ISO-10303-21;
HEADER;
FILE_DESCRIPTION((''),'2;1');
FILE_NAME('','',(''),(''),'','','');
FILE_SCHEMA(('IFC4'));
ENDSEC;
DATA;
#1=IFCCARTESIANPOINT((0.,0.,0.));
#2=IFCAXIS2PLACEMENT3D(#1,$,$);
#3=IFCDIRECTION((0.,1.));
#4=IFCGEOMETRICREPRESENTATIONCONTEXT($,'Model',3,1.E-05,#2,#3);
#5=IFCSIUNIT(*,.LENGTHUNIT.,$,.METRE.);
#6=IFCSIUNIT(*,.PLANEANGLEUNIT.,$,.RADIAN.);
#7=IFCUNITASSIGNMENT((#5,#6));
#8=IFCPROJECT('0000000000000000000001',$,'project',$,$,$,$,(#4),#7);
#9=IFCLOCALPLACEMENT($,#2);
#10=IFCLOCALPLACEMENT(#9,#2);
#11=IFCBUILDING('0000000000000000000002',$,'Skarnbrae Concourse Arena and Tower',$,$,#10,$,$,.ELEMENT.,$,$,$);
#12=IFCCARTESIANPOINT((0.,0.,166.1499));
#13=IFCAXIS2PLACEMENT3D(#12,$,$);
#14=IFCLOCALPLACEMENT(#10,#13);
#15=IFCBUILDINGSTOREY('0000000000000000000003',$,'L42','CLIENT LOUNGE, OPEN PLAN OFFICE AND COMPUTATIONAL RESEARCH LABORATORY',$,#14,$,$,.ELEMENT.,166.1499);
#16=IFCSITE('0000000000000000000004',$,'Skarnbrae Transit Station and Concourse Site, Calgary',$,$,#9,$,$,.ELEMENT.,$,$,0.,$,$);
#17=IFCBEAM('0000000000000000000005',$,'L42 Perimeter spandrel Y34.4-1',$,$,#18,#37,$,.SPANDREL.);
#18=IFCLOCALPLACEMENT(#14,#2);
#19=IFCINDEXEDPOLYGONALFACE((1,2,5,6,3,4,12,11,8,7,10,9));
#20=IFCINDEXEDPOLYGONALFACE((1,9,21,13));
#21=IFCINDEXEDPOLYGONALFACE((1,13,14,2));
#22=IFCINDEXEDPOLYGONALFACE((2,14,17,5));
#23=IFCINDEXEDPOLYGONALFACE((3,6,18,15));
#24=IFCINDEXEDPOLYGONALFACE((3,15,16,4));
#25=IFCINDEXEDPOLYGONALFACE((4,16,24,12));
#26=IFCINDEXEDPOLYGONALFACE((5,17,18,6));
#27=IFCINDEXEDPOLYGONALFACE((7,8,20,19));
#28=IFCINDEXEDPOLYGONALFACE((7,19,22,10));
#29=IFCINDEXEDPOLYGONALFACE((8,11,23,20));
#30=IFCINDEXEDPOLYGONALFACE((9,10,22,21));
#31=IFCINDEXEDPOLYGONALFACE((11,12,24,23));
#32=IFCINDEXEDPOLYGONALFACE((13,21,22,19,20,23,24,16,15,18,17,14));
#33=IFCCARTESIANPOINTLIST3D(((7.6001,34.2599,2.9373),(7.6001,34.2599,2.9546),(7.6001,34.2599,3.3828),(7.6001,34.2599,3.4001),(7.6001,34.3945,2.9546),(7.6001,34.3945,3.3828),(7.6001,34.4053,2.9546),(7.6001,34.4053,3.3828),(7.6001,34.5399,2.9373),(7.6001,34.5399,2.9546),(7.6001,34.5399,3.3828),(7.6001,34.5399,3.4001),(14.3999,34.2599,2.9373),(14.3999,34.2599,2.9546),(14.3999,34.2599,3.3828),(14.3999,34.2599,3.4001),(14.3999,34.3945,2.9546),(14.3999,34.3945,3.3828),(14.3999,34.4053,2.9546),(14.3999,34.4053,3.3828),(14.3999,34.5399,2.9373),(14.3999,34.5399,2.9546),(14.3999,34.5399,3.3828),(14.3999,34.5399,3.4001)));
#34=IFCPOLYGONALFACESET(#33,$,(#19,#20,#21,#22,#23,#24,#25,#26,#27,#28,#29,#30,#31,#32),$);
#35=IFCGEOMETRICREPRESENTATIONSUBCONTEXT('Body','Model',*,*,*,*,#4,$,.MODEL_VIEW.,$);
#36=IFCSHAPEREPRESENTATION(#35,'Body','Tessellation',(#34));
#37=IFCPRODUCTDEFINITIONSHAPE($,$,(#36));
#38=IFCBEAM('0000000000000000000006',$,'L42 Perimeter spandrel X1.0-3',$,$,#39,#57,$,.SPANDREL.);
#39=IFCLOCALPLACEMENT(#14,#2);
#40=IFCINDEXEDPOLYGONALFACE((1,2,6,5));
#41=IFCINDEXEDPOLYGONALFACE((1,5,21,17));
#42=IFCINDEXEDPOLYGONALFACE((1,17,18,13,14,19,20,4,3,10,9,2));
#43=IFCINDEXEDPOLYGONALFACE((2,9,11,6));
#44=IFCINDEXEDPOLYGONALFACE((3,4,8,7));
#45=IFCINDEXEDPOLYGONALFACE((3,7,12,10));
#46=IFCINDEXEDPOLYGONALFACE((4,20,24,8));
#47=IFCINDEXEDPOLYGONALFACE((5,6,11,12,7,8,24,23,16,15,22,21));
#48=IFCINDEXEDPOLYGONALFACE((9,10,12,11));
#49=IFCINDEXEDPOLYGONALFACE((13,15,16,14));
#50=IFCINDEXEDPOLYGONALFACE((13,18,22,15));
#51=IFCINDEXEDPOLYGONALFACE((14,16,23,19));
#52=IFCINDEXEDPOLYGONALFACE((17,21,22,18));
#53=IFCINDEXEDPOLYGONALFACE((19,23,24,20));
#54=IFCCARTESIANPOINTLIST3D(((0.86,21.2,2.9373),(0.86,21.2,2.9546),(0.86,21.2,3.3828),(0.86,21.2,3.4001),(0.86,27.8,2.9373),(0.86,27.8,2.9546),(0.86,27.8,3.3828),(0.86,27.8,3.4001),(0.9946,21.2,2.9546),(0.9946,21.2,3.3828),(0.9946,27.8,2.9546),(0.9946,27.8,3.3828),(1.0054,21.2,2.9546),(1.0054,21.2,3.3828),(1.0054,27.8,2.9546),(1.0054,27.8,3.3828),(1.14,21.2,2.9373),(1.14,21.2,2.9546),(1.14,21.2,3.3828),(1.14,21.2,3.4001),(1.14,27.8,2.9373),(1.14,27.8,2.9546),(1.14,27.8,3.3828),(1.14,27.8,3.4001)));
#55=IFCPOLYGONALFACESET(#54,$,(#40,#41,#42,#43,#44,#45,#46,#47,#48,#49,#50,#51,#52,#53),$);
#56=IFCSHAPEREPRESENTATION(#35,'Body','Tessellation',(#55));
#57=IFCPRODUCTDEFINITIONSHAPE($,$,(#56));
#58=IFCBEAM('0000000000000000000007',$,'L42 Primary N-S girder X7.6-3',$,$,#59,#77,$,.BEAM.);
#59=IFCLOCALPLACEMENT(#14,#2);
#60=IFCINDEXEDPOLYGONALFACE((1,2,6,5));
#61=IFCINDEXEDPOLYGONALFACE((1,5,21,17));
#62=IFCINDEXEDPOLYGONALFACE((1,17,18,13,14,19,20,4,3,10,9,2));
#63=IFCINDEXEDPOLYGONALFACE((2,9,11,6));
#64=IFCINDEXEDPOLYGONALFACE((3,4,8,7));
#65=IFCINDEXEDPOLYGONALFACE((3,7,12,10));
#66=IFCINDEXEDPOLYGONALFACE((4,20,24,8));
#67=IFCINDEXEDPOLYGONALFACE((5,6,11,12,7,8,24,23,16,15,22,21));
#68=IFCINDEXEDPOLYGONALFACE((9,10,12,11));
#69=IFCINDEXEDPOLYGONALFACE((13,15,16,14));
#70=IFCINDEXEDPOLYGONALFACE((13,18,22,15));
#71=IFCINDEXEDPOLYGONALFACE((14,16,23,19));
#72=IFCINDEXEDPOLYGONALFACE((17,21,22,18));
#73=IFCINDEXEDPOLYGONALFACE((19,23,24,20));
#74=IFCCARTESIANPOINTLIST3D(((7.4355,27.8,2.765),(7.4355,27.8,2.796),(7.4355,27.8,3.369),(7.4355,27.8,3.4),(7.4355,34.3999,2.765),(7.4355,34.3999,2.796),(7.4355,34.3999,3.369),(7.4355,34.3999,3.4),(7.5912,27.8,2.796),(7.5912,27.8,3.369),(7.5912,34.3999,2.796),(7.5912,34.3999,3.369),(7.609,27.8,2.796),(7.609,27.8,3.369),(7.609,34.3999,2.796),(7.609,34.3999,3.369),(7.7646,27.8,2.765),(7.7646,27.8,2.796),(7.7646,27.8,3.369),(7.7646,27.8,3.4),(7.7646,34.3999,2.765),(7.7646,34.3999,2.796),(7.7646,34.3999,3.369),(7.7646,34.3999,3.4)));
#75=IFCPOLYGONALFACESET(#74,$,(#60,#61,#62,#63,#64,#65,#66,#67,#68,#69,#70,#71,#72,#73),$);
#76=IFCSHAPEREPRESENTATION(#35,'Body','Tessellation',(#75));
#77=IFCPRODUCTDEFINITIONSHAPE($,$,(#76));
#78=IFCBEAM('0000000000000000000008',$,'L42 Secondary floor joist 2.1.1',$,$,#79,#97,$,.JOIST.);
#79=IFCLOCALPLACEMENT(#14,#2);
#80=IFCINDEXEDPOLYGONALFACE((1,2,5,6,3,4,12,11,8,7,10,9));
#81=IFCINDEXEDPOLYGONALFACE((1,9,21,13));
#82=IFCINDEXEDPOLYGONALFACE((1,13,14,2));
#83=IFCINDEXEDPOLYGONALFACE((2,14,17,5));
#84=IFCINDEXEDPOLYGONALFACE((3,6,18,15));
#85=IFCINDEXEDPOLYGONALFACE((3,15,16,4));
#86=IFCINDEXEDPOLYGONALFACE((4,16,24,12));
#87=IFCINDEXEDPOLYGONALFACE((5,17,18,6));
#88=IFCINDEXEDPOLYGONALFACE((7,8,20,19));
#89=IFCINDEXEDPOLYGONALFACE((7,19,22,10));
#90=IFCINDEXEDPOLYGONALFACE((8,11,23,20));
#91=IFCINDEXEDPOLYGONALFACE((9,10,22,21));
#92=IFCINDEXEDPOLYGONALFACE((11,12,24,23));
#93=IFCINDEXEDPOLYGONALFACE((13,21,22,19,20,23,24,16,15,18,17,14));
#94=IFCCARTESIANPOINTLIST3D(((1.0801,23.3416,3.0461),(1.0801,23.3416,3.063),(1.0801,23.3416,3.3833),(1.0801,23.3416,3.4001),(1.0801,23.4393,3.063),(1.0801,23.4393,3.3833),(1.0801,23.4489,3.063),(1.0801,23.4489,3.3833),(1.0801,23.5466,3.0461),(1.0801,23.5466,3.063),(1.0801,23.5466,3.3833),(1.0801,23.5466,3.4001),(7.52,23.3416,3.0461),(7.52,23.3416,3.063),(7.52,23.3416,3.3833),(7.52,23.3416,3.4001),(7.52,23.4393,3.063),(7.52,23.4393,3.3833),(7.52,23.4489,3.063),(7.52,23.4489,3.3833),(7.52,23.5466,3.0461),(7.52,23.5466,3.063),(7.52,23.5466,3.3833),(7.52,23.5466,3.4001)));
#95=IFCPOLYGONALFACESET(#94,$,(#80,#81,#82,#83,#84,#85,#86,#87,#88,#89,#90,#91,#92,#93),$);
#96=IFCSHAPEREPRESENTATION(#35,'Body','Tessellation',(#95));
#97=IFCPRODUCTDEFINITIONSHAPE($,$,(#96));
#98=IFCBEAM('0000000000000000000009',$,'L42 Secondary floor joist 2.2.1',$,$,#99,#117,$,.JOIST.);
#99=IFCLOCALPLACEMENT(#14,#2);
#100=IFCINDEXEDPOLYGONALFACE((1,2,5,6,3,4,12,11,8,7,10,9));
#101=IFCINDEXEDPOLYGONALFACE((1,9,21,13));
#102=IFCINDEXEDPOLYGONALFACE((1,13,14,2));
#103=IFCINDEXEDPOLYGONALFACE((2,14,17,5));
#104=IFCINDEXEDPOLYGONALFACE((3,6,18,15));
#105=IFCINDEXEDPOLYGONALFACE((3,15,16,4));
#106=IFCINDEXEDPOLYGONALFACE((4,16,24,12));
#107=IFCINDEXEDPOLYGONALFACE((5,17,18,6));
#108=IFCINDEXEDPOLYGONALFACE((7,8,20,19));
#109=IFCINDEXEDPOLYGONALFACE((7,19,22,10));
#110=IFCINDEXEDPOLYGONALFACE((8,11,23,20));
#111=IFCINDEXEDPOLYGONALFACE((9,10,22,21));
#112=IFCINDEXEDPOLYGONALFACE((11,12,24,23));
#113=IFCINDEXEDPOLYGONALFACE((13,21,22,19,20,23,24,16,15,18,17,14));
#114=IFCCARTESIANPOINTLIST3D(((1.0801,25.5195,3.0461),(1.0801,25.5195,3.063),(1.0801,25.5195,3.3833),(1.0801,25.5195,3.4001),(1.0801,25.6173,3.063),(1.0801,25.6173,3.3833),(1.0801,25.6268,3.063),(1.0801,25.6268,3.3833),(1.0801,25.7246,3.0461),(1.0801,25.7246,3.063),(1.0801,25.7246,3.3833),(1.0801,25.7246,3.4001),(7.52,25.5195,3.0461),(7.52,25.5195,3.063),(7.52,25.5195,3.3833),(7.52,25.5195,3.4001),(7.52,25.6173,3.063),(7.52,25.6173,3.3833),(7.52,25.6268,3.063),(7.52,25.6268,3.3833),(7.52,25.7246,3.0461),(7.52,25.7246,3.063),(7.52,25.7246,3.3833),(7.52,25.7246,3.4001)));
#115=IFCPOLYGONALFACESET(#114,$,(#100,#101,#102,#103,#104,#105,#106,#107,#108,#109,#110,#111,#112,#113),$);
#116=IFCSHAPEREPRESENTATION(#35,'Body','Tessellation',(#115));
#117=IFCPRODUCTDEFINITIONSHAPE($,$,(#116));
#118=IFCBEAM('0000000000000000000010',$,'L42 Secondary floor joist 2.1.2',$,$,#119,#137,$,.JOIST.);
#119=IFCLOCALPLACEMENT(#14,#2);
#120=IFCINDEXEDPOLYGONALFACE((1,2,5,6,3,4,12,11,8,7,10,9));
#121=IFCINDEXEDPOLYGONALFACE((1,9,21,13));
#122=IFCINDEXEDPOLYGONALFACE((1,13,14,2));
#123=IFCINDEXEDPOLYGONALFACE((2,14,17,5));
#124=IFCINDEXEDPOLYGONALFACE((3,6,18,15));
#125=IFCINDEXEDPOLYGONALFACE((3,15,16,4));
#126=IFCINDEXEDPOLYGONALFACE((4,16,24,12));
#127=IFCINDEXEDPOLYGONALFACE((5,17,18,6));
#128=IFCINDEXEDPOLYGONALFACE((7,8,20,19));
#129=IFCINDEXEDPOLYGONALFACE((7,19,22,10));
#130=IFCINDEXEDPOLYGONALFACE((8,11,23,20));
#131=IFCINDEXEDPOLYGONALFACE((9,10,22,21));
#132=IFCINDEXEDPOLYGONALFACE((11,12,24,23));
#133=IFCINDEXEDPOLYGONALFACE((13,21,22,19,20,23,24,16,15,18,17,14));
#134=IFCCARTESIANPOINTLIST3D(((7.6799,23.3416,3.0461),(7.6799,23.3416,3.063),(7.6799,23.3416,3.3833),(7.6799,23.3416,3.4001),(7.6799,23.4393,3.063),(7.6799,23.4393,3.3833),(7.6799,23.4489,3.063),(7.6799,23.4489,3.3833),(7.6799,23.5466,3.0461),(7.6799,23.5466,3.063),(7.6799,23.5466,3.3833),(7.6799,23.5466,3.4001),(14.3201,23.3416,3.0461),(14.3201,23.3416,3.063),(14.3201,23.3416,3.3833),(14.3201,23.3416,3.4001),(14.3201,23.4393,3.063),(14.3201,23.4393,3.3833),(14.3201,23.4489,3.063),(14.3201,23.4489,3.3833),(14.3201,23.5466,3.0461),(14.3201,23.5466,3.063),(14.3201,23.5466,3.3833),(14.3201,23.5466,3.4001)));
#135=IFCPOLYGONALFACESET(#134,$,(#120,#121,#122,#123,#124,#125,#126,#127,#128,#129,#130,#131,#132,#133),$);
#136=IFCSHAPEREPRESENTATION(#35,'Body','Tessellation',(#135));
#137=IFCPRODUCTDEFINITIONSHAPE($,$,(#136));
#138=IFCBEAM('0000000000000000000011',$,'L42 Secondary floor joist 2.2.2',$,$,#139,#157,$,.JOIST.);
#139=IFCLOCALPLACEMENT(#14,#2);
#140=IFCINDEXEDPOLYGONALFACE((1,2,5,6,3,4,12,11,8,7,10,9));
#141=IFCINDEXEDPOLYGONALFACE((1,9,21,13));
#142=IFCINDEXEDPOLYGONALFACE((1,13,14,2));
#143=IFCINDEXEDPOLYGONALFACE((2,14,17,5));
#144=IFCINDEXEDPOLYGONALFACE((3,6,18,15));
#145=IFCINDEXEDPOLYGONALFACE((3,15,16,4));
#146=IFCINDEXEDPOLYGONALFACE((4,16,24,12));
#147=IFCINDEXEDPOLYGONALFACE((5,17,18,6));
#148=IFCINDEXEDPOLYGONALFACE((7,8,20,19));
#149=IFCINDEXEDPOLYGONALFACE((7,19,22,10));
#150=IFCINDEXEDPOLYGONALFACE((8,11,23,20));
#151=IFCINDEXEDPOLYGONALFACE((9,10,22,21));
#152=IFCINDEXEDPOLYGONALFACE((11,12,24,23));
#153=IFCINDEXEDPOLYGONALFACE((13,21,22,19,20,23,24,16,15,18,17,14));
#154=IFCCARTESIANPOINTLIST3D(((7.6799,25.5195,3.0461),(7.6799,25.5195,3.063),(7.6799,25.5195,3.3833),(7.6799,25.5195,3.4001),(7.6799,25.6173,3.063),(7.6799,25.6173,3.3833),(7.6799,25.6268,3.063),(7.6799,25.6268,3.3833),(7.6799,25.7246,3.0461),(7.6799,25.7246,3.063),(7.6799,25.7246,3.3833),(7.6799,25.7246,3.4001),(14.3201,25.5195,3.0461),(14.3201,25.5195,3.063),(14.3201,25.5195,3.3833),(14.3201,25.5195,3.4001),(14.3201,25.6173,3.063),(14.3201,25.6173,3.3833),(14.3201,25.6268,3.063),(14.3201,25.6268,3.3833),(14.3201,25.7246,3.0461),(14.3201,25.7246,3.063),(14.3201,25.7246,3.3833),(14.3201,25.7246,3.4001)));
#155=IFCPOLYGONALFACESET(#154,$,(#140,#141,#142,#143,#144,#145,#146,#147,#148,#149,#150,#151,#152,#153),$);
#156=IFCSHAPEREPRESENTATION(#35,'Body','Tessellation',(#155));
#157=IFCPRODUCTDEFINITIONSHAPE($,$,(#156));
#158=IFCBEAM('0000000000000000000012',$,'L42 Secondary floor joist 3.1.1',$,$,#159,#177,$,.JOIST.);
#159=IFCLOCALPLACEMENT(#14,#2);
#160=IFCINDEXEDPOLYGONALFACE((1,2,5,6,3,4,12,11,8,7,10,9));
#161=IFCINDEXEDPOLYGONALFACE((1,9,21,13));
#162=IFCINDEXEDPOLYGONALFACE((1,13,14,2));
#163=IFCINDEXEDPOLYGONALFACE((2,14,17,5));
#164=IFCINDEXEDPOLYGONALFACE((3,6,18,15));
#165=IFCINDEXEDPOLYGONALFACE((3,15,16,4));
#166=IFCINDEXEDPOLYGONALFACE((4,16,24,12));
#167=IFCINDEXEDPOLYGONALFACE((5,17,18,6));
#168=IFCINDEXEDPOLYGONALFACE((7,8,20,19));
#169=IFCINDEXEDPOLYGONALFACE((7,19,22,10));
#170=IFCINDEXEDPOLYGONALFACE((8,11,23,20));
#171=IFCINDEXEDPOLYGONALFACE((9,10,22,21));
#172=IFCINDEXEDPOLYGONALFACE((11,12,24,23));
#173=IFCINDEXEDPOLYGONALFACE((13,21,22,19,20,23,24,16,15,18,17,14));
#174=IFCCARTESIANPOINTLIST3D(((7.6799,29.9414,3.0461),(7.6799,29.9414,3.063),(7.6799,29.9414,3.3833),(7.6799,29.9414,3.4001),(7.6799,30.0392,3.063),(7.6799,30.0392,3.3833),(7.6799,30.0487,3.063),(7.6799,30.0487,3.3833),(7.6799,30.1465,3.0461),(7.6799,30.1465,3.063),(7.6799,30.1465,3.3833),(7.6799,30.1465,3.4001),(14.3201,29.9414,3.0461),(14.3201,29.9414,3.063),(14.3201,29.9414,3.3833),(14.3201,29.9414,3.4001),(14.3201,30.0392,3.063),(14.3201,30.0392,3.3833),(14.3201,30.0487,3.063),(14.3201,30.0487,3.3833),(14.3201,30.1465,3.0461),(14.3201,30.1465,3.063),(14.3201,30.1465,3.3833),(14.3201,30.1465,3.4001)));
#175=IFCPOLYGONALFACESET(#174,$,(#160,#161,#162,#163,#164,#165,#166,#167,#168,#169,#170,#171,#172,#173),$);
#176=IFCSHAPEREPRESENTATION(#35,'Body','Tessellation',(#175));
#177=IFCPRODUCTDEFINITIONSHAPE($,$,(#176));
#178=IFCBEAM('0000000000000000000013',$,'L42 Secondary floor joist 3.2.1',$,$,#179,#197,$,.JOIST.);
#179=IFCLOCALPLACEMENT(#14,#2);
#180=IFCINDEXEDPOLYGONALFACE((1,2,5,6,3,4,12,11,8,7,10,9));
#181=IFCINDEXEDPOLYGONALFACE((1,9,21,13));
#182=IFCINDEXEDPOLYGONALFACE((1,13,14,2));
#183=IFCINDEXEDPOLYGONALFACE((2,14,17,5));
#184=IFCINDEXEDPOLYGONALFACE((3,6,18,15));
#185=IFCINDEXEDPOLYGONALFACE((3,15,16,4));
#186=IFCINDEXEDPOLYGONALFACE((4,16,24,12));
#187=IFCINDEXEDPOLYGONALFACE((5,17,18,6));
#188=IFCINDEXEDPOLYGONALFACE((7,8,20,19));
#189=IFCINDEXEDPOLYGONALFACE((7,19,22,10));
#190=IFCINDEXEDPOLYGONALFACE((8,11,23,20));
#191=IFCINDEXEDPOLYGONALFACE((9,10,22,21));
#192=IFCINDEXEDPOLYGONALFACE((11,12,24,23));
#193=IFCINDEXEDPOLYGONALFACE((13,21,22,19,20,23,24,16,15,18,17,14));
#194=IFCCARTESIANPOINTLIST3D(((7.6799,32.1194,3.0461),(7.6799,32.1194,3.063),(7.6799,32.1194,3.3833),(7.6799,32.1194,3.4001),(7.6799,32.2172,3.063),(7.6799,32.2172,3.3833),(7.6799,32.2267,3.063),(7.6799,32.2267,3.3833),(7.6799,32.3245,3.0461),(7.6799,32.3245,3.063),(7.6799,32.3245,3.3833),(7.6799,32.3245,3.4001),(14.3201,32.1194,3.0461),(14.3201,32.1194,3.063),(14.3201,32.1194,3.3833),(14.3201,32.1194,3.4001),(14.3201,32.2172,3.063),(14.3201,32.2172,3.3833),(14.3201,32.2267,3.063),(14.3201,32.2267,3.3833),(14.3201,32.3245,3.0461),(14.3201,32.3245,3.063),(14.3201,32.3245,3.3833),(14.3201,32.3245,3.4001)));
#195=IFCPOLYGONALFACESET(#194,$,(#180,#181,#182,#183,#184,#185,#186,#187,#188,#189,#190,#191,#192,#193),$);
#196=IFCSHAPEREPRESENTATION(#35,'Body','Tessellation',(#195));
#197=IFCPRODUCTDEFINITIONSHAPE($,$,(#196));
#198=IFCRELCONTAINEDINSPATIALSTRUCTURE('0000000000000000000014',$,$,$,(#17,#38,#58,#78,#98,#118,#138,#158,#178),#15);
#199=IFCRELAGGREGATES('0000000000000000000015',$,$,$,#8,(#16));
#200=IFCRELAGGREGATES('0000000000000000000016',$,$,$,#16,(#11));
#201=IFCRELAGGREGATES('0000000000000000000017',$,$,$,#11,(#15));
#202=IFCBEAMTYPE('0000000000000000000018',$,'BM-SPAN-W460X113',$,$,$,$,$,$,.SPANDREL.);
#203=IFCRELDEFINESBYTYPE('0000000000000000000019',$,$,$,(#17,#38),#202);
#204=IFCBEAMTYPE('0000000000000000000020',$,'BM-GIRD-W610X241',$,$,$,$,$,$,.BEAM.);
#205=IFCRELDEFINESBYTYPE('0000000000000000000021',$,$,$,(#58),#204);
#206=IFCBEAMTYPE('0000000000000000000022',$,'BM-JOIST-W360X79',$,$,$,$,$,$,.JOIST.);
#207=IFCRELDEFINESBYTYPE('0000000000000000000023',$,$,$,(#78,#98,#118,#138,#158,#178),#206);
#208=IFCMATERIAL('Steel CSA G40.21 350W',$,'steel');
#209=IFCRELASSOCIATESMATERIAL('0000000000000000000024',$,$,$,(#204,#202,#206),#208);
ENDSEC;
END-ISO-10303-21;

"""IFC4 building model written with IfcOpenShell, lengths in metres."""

from ifc_helpers import new_model, si_unit, direction, frame, origin, origin_2d, place, context, subcontext, project, spatial, i_section, extrude, source, transform, mapped, material, material_profile, profile_set, type_object, element, save


model = new_model("IFC4")

# Units and contexts
model_context = context("Model", 3, precision=1e-05, world=origin(), true_north=direction((0.0, 1.0)))
body_context = subcontext(model_context, "Body", "Model", "MODEL_VIEW")
ifc_project = project(units=[si_unit("LENGTHUNIT", "METRE"), si_unit("PLANEANGLEUNIT", "RADIAN")], contexts=[model_context])

# Site, building, storey
site_placement = place(None, origin())
site = spatial("IfcSite", under=ifc_project, at=site_placement, Name="Skarnbrae Transit Station and Concourse Site, Calgary", CompositionType="ELEMENT", RefElevation=0.0)
building_placement = place(site_placement, origin())
building = spatial("IfcBuilding", under=site, at=building_placement, Name="Skarnbrae Concourse Arena and Tower", CompositionType="ELEMENT")
storey_placement = place(building_placement, frame((0.0, 0.0, 166.1499)))
storey = spatial("IfcBuildingStorey", under=building, at=storey_placement, Name="L42", Description="CLIENT LOUNGE, OPEN PLAN OFFICE AND COMPUTATIONAL RESEARCH LABORATORY", CompositionType="ELEMENT", Elevation=166.1499)

# Shared definitions
ifc_material_1 = material(Name="Steel CSA G40.21 350W", Category="steel")

# Beams
ifc_material_profile_1 = material_profile(ifc_material_1, i_section(OverallWidth=0.3291, OverallDepth=0.635, WebThickness=0.0178, FlangeThickness=0.031, at=origin_2d()), Name="W610X241")
ifc_profile_set_1 = profile_set([ifc_material_profile_1], Name="Steel CSA G40.21 350W")
beam_type_1 = type_object("IfcBeamType", Name="BM-GIRD-W610X241", PredefinedType="BEAM", material=ifc_profile_set_1)
ifc_material_profile_2 = material_profile(ifc_material_1, i_section(OverallWidth=0.28, OverallDepth=0.4629, WebThickness=0.0107, FlangeThickness=0.0173, at=origin_2d()), Name="W460X113")
ifc_profile_set_2 = profile_set([ifc_material_profile_2], Name="Steel CSA G40.21 350W")
beam_type_2 = type_object("IfcBeamType", Name="BM-SPAN-W460X113", PredefinedType="SPANDREL", material=ifc_profile_set_2)
shared_shape_1 = source(origin(), body_context, "Body", "SweptSolid", [
    extrude(i_section(OverallWidth=0.28, OverallDepth=0.4629, WebThickness=0.0107, FlangeThickness=0.0173, at=origin_2d()), origin(), (0.0, 0.0, 1.0), 6.7998),
])
beam_1_placement = place(storey_placement, frame((7.6001, 34.3999, 3.1687), z_axis=(1.0, 0.0, 0.0), x_axis=(0.0, 1.0, 0.0)))
element("IfcBeam", 1, at=beam_1_placement, inside=storey, type_object=beam_type_2, Name="L42 Perimeter spandrel Y34.4-1", PredefinedType="SPANDREL", context=body_context, shape_type="MappedRepresentation", body=[
    mapped(shared_shape_1, transform((0.0, 0.0, 0.0))),
])
shared_shape_2 = source(origin(), body_context, "Body", "SweptSolid", [
    extrude(i_section(OverallWidth=0.28, OverallDepth=0.4629, WebThickness=0.0107, FlangeThickness=0.0173, at=origin_2d()), origin(), (0.0, 0.0, 1.0), 6.6001),
])
beam_2_placement = place(storey_placement, frame((1.0, 21.2, 3.1687), z_axis=(0.0, 1.0, 0.0), x_axis=(-1.0, 0.0, 0.0)))
element("IfcBeam", 2, at=beam_2_placement, inside=storey, type_object=beam_type_2, Name="L42 Perimeter spandrel X1.0-3", PredefinedType="SPANDREL", context=body_context, shape_type="MappedRepresentation", body=[
    mapped(shared_shape_2, transform((0.0, 0.0, 0.0))),
])
shared_shape_3 = source(origin(), body_context, "Body", "SweptSolid", [
    extrude(i_section(OverallWidth=0.3291, OverallDepth=0.635, WebThickness=0.0178, FlangeThickness=0.031, at=origin_2d()), origin(), (0.0, 0.0, 1.0), 6.5999),
])
beam_3_placement = place(storey_placement, frame((7.6001, 27.8, 3.0825), z_axis=(0.0, 1.0, 0.0), x_axis=(-1.0, 0.0, 0.0)))
element("IfcBeam", 3, at=beam_3_placement, inside=storey, type_object=beam_type_1, Name="L42 Primary N-S girder X7.6-3", PredefinedType="BEAM", context=body_context, shape_type="MappedRepresentation", body=[
    mapped(shared_shape_3, transform((0.0, 0.0, 0.0))),
])
ifc_material_profile_3 = material_profile(ifc_material_1, i_section(OverallWidth=0.2051, OverallDepth=0.354, WebThickness=0.0095, FlangeThickness=0.0168, at=origin_2d()), Name="W360X79")
ifc_profile_set_3 = profile_set([ifc_material_profile_3], Name="Steel CSA G40.21 350W")
beam_type_3 = type_object("IfcBeamType", Name="BM-JOIST-W360X79", PredefinedType="JOIST", material=ifc_profile_set_3)
shared_shape_4 = source(origin(), body_context, "Body", "SweptSolid", [
    extrude(i_section(OverallWidth=0.2051, OverallDepth=0.354, WebThickness=0.0095, FlangeThickness=0.0168, at=origin_2d()), origin(), (0.0, 0.0, 1.0), 6.4399),
])
for number, where, z_axis, x_axis, name in (
    (4, (1.0801, 23.4441, 3.2231), (1.0, 0.0, 0.0), (0.0, 1.0, 0.0), "L42 Secondary floor joist 2.1.1"),
    (5, (1.0801, 25.6221, 3.2231), (1.0, 0.0, 0.0), (0.0, 1.0, 0.0), "L42 Secondary floor joist 2.2.1"),
):
    element("IfcBeam", number, at=place(storey_placement, frame(where, z_axis=z_axis, x_axis=x_axis)), inside=storey, type_object=beam_type_3, Name=name, PredefinedType="JOIST", context=body_context, shape_type="MappedRepresentation", body=[
        mapped(shared_shape_4, transform((0.0, 0.0, 0.0))),
    ])
shared_shape_5 = source(origin(), body_context, "Body", "SweptSolid", [
    extrude(i_section(OverallWidth=0.2051, OverallDepth=0.354, WebThickness=0.0095, FlangeThickness=0.0168, at=origin_2d()), origin(), (0.0, 0.0, 1.0), 6.6401),
])
for number, where, z_axis, x_axis, name in (
    (6, (7.6799, 23.4441, 3.2231), (1.0, 0.0, 0.0), (0.0, 1.0, 0.0), "L42 Secondary floor joist 2.1.2"),
    (7, (7.6799, 25.6221, 3.2231), (1.0, 0.0, 0.0), (0.0, 1.0, 0.0), "L42 Secondary floor joist 2.2.2"),
    (8, (7.6799, 30.0439, 3.2231), (1.0, 0.0, 0.0), (0.0, 1.0, 0.0), "L42 Secondary floor joist 3.1.1"),
    (9, (7.6799, 32.2219, 3.2231), (1.0, 0.0, 0.0), (0.0, 1.0, 0.0), "L42 Secondary floor joist 3.2.1"),
):
    element("IfcBeam", number, at=place(storey_placement, frame(where, z_axis=z_axis, x_axis=x_axis)), inside=storey, type_object=beam_type_3, Name=name, PredefinedType="JOIST", context=body_context, shape_type="MappedRepresentation", body=[
        mapped(shared_shape_5, transform((0.0, 0.0, 0.0))),
    ])

save(model, "model.ifc")
